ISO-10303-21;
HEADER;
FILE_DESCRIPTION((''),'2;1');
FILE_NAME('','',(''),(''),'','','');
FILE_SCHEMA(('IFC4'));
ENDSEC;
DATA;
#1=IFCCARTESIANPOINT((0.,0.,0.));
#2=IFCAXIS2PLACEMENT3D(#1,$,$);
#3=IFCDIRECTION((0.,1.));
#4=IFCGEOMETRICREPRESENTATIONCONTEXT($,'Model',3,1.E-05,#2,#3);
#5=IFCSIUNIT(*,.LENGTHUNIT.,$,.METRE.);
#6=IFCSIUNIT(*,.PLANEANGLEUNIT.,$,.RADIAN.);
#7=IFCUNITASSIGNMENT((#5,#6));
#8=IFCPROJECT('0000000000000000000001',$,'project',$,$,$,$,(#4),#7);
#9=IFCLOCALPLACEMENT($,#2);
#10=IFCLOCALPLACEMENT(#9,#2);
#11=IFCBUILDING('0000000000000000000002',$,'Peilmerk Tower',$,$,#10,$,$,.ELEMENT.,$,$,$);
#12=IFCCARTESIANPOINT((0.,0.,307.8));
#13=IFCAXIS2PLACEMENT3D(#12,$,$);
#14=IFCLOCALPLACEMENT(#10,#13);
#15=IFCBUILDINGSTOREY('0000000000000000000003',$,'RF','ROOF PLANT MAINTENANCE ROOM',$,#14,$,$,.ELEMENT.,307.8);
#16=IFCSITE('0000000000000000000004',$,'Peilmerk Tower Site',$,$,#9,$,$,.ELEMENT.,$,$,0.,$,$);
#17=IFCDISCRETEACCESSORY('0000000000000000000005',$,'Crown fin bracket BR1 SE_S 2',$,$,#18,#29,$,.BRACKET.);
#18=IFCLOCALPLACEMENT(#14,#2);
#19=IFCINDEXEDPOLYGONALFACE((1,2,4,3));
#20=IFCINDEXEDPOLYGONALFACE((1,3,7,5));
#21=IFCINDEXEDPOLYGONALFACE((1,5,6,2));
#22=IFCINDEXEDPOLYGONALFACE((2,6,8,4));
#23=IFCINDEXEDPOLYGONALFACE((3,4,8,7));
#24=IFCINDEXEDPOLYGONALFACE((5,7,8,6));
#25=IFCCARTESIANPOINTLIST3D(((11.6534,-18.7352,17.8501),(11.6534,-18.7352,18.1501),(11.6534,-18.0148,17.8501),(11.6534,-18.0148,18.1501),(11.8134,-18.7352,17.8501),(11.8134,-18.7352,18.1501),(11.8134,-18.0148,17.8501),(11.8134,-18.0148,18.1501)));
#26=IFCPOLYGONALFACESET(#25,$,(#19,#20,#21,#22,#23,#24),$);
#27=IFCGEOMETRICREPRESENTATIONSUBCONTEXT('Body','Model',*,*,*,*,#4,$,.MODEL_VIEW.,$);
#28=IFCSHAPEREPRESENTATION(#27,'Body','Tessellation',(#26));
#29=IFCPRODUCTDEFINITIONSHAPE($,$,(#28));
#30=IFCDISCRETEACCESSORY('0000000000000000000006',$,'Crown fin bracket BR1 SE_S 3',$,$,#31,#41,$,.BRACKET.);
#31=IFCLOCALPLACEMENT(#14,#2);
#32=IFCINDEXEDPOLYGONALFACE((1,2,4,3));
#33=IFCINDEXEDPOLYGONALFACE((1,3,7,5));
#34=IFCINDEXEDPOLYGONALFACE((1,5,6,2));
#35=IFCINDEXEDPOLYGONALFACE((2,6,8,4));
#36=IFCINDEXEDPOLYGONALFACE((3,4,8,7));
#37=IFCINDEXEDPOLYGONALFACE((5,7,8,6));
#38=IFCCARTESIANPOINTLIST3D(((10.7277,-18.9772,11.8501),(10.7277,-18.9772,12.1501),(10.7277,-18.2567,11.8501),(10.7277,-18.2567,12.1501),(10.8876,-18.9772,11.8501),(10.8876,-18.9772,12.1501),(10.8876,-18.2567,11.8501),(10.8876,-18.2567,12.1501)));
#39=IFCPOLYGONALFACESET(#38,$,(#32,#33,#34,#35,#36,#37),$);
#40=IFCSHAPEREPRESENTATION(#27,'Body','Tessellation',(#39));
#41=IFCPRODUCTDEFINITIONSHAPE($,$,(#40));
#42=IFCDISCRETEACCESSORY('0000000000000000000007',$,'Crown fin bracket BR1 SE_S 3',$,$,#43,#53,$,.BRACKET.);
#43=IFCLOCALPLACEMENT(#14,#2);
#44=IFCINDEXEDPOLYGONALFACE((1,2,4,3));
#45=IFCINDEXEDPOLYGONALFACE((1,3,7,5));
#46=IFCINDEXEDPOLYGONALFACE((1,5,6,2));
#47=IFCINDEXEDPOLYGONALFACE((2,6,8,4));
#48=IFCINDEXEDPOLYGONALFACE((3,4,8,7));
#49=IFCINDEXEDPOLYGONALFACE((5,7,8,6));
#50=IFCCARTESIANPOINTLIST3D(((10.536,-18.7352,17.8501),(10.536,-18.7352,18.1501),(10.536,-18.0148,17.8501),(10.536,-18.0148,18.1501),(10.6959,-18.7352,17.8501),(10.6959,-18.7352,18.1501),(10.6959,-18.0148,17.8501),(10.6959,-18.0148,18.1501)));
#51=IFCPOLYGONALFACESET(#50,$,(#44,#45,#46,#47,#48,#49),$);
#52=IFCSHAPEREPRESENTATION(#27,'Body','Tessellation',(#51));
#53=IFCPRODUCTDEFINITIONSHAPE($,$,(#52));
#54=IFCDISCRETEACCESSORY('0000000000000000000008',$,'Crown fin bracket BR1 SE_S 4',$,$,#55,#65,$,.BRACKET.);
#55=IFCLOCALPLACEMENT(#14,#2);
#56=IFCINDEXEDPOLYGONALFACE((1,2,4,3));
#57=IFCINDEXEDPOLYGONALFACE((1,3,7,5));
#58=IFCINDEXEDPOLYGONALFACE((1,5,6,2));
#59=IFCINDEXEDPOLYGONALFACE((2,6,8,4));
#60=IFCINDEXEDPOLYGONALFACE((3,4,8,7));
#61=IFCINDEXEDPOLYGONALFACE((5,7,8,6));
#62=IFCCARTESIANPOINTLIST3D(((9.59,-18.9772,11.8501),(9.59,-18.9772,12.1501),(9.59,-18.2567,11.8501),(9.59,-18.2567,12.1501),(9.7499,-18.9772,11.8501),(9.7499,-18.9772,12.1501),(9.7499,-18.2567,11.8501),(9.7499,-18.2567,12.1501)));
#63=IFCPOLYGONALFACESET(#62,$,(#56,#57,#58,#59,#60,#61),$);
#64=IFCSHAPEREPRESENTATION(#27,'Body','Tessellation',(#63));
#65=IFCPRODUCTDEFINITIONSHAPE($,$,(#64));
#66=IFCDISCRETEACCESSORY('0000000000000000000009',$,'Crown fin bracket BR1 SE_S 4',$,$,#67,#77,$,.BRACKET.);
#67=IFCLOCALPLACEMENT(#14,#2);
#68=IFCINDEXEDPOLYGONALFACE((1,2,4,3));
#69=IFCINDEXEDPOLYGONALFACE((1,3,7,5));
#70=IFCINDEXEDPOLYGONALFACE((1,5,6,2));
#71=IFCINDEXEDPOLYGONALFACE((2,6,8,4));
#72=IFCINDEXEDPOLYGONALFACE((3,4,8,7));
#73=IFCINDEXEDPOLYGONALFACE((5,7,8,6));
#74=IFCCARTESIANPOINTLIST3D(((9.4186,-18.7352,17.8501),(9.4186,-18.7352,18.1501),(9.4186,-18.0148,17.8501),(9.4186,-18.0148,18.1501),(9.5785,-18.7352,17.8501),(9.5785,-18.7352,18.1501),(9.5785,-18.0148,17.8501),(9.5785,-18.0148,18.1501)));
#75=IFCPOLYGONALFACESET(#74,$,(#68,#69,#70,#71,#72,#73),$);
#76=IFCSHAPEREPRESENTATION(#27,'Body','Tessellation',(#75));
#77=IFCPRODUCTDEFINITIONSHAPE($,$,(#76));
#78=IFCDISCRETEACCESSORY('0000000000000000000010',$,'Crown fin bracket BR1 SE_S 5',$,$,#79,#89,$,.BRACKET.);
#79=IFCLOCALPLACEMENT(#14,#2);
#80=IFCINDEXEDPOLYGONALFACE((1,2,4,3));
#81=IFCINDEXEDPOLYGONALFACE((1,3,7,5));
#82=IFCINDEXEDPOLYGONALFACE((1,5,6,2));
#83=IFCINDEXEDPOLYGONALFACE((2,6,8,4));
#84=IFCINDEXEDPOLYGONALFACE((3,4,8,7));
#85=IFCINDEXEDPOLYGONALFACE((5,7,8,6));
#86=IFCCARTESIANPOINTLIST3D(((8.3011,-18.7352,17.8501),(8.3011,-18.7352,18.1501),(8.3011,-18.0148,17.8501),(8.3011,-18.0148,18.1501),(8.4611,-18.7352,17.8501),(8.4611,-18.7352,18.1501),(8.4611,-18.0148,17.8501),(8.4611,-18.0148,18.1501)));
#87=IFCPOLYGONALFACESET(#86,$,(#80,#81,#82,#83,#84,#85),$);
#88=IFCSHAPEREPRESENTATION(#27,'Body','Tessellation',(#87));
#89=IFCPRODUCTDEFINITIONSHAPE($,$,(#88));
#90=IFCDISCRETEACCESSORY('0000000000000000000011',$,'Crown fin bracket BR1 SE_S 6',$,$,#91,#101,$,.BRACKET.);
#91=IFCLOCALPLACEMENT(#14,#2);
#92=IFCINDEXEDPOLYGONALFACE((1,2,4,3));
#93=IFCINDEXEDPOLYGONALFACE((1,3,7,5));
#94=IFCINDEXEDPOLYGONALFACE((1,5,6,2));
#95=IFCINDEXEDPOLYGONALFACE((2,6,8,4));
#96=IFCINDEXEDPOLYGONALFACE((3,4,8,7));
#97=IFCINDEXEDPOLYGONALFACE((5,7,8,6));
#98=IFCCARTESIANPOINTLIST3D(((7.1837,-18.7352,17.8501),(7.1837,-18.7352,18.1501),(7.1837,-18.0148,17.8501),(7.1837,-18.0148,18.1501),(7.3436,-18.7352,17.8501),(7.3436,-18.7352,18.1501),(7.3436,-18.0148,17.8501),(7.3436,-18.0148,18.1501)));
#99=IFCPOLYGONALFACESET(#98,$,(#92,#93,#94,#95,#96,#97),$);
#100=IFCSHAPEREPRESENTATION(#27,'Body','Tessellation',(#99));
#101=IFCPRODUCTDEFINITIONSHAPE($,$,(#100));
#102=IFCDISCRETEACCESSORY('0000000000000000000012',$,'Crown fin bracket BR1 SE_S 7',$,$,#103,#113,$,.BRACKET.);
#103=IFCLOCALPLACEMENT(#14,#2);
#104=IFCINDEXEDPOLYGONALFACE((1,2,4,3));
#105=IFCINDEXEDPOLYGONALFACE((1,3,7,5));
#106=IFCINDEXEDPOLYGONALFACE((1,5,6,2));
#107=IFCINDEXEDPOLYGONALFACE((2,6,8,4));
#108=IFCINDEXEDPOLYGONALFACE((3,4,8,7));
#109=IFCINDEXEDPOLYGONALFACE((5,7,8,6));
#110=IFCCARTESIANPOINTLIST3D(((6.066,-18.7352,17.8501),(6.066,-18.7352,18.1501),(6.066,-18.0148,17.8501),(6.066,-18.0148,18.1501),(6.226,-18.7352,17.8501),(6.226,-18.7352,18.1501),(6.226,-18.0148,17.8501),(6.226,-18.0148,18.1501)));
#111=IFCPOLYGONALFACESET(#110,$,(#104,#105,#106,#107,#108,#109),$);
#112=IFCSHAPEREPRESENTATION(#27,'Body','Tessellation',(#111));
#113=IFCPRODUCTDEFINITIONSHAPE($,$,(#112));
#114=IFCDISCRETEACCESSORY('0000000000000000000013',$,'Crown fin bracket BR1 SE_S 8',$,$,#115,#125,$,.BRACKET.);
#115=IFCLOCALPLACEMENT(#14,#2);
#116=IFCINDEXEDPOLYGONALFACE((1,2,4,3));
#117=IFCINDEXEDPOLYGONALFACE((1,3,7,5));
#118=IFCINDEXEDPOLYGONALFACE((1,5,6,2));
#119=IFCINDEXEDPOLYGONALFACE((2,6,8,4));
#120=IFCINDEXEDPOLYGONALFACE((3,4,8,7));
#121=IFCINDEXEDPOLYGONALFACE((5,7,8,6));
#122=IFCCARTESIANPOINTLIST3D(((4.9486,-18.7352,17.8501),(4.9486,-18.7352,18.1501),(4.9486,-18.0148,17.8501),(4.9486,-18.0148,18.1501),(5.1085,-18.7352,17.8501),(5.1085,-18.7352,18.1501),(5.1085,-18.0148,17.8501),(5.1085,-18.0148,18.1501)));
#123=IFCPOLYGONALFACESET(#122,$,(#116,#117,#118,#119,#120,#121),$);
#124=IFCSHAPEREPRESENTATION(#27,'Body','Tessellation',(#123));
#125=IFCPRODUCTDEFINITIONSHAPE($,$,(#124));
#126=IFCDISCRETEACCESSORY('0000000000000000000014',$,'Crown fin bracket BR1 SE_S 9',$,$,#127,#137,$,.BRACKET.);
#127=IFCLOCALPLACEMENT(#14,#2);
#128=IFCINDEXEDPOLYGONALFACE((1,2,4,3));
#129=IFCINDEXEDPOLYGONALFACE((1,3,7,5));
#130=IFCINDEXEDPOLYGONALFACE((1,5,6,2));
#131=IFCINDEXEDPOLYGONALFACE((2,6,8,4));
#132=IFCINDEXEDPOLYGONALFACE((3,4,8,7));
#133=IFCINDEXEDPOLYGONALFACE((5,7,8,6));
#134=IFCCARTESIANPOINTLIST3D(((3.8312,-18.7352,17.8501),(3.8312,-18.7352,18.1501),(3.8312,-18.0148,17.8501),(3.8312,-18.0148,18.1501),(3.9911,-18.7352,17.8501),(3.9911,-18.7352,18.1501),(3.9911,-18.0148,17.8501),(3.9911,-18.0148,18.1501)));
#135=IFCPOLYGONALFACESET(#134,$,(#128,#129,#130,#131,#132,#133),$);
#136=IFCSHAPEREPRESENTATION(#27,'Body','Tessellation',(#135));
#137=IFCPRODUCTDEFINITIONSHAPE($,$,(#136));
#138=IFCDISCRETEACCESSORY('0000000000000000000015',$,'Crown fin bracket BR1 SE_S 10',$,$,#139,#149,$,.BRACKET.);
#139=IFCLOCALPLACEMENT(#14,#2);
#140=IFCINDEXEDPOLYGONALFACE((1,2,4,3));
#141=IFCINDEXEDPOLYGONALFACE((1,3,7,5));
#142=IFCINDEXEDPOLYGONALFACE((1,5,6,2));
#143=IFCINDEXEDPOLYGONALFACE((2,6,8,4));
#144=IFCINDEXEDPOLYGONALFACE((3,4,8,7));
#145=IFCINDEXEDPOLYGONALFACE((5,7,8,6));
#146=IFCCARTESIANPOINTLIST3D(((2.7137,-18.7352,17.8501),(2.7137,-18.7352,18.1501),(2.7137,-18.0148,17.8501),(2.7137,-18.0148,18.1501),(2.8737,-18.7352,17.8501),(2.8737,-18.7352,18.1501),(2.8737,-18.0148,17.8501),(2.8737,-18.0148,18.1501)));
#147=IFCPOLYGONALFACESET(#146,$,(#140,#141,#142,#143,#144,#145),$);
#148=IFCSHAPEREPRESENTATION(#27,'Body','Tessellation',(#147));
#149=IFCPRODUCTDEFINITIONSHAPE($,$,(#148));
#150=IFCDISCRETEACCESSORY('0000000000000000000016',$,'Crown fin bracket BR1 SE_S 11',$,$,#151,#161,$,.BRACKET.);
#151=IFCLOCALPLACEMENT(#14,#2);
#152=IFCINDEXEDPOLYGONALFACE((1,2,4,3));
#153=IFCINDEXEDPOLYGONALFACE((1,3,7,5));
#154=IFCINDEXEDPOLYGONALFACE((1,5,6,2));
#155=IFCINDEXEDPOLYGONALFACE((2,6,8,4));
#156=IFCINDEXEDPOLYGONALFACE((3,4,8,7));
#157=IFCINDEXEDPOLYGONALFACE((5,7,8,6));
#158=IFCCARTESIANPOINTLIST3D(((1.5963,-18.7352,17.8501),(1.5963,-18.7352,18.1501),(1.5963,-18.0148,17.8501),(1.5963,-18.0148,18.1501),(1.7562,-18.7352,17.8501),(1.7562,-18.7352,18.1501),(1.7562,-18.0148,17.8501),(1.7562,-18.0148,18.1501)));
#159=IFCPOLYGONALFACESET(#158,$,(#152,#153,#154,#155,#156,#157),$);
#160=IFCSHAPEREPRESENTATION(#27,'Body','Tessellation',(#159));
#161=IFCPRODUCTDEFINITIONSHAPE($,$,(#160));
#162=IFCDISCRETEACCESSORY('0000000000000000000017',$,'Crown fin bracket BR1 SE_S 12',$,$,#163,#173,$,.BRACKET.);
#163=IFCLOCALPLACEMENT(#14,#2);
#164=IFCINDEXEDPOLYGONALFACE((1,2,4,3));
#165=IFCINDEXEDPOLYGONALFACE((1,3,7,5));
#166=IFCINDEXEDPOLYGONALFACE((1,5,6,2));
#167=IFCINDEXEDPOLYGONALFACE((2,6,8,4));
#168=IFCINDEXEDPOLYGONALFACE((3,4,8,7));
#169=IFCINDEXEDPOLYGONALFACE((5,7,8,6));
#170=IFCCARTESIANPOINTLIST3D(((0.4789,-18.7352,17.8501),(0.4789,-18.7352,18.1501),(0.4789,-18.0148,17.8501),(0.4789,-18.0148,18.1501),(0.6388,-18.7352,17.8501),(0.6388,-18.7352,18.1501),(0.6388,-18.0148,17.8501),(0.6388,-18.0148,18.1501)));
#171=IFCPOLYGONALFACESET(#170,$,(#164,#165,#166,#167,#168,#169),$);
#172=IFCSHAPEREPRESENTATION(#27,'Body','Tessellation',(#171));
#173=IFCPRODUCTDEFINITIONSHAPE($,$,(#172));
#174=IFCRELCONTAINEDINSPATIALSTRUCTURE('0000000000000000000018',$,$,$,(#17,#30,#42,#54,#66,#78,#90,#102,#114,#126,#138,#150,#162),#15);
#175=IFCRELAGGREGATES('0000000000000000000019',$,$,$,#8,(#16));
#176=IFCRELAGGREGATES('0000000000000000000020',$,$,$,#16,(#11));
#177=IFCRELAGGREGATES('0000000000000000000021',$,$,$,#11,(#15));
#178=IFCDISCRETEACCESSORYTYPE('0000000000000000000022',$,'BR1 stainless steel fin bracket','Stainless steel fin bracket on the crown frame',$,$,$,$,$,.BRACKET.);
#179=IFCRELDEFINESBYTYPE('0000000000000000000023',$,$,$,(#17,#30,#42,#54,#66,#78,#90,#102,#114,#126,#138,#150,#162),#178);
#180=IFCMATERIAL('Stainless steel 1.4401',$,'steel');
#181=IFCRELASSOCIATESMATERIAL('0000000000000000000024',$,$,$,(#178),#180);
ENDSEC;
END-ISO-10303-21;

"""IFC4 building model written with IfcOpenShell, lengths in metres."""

from ifc_helpers import new_model, si_unit, direction, frame, origin, origin_2d, place, context, subcontext, project, spatial, rectangle, extrude, source, transform, mapped, material, type_object, element, save


model = new_model("IFC4")

# Units and contexts
model_context = context("Model", 3, precision=1e-05, world=origin(), true_north=direction((0.0, 1.0)))
body_context = subcontext(model_context, "Body", "Model", "MODEL_VIEW")
ifc_project = project(units=[si_unit("LENGTHUNIT", "METRE"), si_unit("PLANEANGLEUNIT", "RADIAN")], contexts=[model_context])

# Site, building, storey
site_placement = place(None, origin())
site = spatial("IfcSite", under=ifc_project, at=site_placement, Name="Peilmerk Tower Site", CompositionType="ELEMENT", RefElevation=0.0)
building_placement = place(site_placement, origin())
building = spatial("IfcBuilding", under=site, at=building_placement, Name="Peilmerk Tower", CompositionType="ELEMENT")
storey_placement = place(building_placement, frame((0.0, 0.0, 307.8)))
storey = spatial("IfcBuildingStorey", under=building, at=storey_placement, Name="RF", Description="ROOF PLANT MAINTENANCE ROOM", CompositionType="ELEMENT", Elevation=307.8)

# Discrete accessories
ifc_material_1 = material(Name="Stainless steel 1.4401", Category="steel")
discrete_accessory_type = type_object("IfcDiscreteAccessoryType", Name="BR1 stainless steel fin bracket", Description="Stainless steel fin bracket on the crown frame", PredefinedType="BRACKET", material=ifc_material_1)
shared_shape_1 = source(origin(), body_context, "Body", "SweptSolid", [
    extrude(rectangle(XDim=0.7205, YDim=0.1599, at=origin_2d()), origin(), (0.0, 0.0, 1.0), 0.3),
])
for number, where, z_axis, x_axis, name in (
    (1, (11.7334, -18.375, 17.8501), (0.0, 0.0, 1.0), (0.0, -1.0, 0.0), "Crown fin bracket BR1 SE_S 2"),
    (2, (10.8076, -18.6169, 11.8501), (0.0, 0.0, 1.0), (0.0, -1.0, 0.0), "Crown fin bracket BR1 SE_S 3"),
    (3, (10.616, -18.375, 17.8501), (0.0, 0.0, 1.0), (0.0, -1.0, 0.0), "Crown fin bracket BR1 SE_S 3"),
    (4, (9.6699, -18.6169, 11.8501), (0.0, 0.0, 1.0), (0.0, -1.0, 0.0), "Crown fin bracket BR1 SE_S 4"),
    (5, (9.4985, -18.375, 17.8501), (0.0, 0.0, 1.0), (0.0, -1.0, 0.0), "Crown fin bracket BR1 SE_S 4"),
    (6, (8.3811, -18.375, 17.8501), (0.0, 0.0, 1.0), (0.0, -1.0, 0.0), "Crown fin bracket BR1 SE_S 5"),
    (7, (7.2637, -18.375, 17.8501), (0.0, 0.0, 1.0), (0.0, -1.0, 0.0), "Crown fin bracket BR1 SE_S 6"),
    (8, (6.146, -18.375, 17.8501), (0.0, 0.0, 1.0), (0.0, -1.0, 0.0), "Crown fin bracket BR1 SE_S 7"),
    (9, (5.0286, -18.375, 17.8501), (0.0, 0.0, 1.0), (0.0, -1.0, 0.0), "Crown fin bracket BR1 SE_S 8"),
    (10, (3.9111, -18.375, 17.8501), (0.0, 0.0, 1.0), (0.0, -1.0, 0.0), "Crown fin bracket BR1 SE_S 9"),
    (11, (2.7937, -18.375, 17.8501), (0.0, 0.0, 1.0), (0.0, -1.0, 0.0), "Crown fin bracket BR1 SE_S 10"),
    (12, (1.6763, -18.375, 17.8501), (0.0, 0.0, 1.0), (0.0, -1.0, 0.0), "Crown fin bracket BR1 SE_S 11"),
    (13, (0.5588, -18.375, 17.8501), (0.0, 0.0, 1.0), (0.0, -1.0, 0.0), "Crown fin bracket BR1 SE_S 12"),
):
    element("IfcDiscreteAccessory", number, at=place(storey_placement, frame(where, z_axis=z_axis, x_axis=x_axis)), inside=storey, type_object=discrete_accessory_type, Name=name, PredefinedType="BRACKET", context=body_context, shape_type="MappedRepresentation", body=[
        mapped(shared_shape_1, transform((0.0, 0.0, 0.0), scale=1.0)),
    ])

save(model, "model.ifc")
